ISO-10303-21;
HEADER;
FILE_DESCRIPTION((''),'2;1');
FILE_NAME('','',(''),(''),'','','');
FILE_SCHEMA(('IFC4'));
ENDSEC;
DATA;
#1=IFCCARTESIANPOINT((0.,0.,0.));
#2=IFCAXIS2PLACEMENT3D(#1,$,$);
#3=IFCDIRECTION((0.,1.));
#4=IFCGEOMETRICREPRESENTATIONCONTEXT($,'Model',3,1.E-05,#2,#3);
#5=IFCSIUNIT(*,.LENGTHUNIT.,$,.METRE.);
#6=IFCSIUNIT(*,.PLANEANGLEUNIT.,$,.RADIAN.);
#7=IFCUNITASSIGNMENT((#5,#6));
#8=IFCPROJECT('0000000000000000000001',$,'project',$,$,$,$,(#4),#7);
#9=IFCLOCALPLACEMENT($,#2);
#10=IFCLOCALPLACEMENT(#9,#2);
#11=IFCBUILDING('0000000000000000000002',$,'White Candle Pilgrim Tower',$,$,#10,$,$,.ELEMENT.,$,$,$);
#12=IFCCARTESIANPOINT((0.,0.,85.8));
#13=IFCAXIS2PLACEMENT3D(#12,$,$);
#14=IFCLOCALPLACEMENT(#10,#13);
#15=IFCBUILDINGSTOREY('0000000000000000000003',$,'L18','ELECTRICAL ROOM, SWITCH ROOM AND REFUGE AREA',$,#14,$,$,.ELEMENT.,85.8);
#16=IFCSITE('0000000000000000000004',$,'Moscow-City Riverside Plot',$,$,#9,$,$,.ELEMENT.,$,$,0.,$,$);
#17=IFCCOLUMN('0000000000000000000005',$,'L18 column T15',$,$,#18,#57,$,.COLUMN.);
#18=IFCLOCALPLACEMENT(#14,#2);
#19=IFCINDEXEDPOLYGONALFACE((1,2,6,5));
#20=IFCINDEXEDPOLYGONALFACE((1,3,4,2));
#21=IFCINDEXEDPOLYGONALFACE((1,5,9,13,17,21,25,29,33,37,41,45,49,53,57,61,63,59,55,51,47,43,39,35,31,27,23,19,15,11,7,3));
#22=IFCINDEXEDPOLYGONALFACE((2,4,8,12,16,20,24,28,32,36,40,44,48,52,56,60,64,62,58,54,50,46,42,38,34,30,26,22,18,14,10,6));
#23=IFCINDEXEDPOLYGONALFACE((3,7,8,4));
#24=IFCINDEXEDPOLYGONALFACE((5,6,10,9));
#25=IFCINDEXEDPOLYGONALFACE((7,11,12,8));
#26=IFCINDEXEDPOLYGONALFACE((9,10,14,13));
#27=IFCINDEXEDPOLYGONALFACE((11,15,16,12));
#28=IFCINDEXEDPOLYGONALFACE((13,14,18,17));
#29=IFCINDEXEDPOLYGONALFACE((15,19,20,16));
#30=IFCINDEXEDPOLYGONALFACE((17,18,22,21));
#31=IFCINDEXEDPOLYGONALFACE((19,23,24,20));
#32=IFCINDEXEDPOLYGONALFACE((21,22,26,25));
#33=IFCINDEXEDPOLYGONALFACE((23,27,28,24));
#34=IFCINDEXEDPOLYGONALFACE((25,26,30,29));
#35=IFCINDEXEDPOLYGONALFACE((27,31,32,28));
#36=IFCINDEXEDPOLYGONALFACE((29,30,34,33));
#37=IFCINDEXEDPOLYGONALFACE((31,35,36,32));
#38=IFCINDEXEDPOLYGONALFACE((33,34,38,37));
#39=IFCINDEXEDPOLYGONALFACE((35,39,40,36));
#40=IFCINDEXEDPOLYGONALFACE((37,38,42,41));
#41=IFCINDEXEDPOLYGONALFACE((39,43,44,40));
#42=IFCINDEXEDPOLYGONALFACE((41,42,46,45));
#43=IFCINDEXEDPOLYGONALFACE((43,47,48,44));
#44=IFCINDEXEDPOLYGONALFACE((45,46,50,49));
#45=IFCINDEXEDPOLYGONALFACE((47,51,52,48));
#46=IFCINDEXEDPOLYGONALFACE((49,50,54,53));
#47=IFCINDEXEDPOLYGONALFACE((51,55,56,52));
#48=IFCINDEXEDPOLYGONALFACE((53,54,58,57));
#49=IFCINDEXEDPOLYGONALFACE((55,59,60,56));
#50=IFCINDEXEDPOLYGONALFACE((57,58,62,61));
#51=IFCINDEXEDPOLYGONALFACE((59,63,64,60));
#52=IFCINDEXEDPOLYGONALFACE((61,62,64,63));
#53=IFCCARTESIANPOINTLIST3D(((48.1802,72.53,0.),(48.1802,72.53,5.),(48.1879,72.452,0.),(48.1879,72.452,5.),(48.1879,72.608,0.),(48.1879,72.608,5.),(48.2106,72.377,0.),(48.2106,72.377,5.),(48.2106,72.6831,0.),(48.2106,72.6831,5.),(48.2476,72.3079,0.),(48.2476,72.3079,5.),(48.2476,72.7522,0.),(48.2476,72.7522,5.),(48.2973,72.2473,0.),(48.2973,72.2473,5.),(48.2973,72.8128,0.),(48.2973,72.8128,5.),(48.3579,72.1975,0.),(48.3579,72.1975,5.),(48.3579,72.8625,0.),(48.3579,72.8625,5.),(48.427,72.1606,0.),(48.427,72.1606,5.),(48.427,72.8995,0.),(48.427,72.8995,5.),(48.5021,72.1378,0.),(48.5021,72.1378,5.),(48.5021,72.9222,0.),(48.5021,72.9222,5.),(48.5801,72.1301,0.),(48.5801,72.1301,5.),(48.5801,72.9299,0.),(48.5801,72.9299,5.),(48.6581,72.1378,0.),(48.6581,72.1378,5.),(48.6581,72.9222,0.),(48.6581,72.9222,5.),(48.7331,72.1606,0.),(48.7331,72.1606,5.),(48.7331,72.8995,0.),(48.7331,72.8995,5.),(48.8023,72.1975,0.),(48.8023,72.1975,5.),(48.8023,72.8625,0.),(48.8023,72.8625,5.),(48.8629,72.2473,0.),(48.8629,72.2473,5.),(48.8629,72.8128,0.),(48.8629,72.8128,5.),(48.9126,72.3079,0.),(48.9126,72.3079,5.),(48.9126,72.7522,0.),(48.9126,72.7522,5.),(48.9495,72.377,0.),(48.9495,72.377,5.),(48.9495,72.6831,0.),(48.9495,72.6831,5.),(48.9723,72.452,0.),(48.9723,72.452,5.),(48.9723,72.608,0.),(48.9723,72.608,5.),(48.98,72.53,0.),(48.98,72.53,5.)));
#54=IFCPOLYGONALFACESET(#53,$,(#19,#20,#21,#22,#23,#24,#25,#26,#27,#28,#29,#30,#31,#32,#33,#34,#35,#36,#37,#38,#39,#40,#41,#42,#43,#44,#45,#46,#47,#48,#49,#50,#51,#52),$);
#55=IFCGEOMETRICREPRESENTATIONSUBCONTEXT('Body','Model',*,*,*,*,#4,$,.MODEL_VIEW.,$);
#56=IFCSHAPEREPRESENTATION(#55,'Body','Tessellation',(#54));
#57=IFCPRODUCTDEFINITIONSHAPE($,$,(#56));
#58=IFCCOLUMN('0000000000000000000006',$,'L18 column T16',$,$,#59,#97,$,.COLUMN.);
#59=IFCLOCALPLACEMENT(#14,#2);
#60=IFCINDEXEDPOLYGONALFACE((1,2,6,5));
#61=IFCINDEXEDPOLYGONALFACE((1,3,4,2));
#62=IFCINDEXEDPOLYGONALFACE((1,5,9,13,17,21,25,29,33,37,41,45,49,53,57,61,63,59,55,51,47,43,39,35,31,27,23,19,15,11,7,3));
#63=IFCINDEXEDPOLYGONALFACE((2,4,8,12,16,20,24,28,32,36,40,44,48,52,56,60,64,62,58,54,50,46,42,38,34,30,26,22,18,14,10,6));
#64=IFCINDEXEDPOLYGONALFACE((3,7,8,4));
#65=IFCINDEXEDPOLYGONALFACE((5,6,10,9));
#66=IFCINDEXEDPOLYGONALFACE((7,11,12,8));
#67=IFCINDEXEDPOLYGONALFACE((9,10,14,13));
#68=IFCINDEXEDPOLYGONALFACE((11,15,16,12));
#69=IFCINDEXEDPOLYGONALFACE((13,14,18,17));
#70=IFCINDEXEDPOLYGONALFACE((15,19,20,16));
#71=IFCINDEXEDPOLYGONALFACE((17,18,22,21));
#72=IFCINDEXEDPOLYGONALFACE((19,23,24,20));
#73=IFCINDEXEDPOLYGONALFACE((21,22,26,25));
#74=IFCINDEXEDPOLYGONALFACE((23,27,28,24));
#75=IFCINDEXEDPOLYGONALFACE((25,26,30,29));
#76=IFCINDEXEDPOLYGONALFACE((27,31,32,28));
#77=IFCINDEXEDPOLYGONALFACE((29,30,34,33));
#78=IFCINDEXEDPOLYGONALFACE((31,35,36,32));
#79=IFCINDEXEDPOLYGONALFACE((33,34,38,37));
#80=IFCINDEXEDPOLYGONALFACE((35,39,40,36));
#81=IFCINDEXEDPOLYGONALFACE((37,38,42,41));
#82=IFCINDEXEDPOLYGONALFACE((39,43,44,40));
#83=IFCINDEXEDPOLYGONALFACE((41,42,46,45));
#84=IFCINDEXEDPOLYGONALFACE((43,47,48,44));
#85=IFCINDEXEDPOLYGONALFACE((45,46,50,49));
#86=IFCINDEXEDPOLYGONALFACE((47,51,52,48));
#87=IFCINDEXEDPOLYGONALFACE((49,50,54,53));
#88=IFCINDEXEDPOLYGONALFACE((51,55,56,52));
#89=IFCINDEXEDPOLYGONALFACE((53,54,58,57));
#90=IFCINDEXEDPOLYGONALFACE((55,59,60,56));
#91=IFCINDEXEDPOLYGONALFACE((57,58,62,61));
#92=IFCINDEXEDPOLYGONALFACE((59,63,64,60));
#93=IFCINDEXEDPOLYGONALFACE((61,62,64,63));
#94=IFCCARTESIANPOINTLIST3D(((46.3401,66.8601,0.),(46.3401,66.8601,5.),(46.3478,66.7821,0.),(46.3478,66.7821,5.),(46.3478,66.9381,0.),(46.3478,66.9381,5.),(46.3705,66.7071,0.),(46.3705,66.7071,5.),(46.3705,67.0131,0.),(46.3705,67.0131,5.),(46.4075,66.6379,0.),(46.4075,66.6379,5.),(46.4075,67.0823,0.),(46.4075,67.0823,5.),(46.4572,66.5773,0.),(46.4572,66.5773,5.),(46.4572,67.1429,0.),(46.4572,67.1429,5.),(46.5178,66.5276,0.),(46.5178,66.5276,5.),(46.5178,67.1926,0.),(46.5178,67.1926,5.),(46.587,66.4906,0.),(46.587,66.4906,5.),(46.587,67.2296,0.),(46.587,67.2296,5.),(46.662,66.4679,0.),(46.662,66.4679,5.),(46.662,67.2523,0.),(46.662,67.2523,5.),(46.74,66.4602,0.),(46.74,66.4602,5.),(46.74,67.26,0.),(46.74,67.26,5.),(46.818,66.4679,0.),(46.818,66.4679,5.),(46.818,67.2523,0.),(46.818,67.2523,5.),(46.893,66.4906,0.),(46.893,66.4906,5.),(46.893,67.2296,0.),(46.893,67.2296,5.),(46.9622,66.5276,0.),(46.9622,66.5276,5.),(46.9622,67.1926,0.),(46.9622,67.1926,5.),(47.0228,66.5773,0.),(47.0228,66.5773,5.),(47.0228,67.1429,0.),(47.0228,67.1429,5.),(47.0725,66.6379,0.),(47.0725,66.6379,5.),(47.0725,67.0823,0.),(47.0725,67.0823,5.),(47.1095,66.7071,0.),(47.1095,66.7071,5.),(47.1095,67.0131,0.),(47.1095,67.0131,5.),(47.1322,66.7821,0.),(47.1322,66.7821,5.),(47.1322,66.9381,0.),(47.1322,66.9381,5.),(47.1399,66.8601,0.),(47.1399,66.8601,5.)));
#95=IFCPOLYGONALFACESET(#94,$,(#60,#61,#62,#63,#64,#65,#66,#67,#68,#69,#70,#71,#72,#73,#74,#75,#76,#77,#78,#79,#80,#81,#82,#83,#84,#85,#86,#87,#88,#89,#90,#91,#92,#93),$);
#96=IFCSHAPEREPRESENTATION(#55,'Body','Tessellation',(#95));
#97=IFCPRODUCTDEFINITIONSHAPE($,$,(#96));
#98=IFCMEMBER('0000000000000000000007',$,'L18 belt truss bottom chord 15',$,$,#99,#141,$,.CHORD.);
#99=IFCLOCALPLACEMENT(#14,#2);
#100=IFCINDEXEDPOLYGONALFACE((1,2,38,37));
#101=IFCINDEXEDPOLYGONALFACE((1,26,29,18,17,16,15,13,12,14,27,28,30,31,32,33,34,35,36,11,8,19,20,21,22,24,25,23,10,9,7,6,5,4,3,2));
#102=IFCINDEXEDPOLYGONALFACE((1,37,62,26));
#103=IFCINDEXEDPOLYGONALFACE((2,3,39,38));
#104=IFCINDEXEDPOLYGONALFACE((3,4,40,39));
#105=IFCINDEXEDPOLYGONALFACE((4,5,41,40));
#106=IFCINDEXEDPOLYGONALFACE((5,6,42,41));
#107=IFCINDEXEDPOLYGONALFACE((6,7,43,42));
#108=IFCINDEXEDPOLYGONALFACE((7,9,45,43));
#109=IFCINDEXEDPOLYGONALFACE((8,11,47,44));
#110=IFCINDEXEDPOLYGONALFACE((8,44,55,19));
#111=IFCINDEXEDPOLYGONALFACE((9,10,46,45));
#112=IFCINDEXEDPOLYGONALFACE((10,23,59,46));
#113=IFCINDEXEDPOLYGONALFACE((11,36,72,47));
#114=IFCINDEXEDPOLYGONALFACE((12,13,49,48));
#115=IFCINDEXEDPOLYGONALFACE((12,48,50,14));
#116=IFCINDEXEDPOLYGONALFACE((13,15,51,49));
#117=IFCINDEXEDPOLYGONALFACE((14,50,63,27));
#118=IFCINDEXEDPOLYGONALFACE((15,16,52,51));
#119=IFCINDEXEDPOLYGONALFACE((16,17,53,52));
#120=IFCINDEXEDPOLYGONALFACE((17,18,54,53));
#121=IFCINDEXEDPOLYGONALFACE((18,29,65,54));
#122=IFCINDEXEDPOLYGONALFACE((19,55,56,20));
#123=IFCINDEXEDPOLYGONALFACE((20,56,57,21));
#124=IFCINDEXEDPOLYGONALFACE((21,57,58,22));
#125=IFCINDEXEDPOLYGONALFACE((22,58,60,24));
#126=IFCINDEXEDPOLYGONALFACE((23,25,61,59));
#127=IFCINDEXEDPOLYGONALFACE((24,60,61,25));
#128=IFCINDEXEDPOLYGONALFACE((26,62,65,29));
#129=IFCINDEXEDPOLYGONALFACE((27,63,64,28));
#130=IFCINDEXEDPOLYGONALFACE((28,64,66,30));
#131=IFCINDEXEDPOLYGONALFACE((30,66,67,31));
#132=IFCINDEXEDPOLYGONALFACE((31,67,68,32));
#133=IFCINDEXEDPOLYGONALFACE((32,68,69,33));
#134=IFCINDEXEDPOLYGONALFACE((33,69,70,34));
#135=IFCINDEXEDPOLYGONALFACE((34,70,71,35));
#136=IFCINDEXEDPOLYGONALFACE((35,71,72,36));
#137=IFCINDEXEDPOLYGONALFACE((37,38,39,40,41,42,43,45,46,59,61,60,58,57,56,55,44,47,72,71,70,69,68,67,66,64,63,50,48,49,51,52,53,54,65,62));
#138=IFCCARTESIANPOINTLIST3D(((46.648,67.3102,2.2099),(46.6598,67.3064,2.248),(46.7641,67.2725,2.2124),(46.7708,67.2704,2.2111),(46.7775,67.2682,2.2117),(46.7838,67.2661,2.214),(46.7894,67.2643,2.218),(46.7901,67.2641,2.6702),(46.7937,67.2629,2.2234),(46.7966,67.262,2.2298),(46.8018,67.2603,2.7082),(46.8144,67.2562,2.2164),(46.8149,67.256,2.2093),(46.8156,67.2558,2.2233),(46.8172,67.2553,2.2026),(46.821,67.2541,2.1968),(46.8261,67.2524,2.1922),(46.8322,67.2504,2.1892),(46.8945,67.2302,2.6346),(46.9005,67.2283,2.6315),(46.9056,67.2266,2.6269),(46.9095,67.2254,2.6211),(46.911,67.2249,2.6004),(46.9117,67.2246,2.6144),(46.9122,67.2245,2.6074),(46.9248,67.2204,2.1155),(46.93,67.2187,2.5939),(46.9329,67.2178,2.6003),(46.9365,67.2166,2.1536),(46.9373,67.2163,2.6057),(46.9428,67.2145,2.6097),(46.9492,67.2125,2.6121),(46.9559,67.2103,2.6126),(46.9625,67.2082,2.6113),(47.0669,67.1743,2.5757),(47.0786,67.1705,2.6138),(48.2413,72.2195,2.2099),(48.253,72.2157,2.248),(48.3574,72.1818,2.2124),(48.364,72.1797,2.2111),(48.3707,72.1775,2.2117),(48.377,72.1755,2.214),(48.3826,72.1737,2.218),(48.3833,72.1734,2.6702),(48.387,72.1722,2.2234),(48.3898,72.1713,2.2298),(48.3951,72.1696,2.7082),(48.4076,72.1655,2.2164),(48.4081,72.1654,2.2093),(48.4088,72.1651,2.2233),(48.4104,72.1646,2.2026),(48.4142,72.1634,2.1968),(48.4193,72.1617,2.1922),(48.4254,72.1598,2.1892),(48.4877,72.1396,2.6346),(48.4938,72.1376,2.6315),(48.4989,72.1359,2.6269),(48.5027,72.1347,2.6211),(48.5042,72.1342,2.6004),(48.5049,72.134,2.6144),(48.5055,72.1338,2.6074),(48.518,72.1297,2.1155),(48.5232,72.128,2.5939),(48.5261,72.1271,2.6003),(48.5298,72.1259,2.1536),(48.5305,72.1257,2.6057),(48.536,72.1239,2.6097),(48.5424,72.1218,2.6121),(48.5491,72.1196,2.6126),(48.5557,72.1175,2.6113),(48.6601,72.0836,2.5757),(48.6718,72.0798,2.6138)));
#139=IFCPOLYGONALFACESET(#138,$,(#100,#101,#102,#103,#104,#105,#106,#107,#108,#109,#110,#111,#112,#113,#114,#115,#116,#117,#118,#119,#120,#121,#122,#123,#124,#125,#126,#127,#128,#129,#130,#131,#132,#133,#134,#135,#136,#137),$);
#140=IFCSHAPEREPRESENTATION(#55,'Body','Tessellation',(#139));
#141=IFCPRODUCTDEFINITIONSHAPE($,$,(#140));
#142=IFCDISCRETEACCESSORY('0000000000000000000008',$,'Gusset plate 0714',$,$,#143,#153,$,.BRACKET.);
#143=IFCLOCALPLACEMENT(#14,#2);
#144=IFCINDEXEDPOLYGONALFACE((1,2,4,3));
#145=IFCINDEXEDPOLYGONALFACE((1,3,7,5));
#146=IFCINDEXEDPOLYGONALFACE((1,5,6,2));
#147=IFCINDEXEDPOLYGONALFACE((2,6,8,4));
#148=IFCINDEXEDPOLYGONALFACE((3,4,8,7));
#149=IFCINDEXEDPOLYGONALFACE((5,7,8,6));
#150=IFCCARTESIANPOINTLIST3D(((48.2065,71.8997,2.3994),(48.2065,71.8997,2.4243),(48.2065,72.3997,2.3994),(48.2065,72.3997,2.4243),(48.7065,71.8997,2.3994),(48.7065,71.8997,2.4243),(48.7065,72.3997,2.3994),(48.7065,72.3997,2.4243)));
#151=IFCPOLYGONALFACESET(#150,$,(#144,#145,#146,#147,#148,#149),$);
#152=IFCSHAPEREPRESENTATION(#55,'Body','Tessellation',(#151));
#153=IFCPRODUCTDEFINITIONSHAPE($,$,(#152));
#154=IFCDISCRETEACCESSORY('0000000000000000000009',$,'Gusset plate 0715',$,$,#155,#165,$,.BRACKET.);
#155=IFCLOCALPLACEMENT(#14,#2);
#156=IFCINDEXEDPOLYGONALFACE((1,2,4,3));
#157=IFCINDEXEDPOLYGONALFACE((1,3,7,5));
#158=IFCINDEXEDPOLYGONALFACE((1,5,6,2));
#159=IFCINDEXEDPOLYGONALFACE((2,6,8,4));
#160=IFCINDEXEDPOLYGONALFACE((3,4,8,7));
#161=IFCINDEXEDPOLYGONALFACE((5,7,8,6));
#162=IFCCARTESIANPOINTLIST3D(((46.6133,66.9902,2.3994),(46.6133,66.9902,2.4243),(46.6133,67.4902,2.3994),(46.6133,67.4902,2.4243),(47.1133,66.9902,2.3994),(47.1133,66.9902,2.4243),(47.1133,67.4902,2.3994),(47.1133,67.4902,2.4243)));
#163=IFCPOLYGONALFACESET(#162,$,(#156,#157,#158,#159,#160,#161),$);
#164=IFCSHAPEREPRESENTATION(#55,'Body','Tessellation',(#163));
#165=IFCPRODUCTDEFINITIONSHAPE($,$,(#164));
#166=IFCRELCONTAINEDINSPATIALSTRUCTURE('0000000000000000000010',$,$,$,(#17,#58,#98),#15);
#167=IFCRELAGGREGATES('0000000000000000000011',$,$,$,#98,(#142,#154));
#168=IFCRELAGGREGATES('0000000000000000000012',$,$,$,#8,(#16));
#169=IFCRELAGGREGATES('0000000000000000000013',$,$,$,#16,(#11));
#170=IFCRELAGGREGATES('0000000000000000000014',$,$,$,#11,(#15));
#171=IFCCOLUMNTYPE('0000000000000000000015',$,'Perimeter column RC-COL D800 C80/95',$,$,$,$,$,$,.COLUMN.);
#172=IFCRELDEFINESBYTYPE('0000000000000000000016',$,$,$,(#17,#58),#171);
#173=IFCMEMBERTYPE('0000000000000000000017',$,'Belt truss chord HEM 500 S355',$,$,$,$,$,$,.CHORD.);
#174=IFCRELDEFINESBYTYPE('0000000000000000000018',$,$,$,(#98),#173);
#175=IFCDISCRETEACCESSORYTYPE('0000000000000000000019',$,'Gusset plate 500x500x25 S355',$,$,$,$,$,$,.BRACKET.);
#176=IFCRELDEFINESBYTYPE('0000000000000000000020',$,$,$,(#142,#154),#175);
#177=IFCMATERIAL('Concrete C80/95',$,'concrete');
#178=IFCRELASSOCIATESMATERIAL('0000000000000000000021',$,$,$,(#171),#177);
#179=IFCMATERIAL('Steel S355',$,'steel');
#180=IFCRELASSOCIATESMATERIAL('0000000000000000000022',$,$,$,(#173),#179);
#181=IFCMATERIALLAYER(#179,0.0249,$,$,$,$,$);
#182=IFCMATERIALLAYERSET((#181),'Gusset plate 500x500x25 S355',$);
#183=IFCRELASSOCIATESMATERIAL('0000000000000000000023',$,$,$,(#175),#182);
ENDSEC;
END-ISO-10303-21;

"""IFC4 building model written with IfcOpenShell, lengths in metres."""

from ifc_helpers import new_model, si_unit, direction, frame, origin, origin_2d, place, context, subcontext, project, spatial, rectangle, circle, i_section, extrude, material, layer, layer_set, material_profile, profile_set, type_object, element, aggregate, save


model = new_model("IFC4")

# Units and contexts
model_context = context("Model", 3, precision=1e-05, world=origin(), true_north=direction((0.0, 1.0)))
body_context = subcontext(model_context, "Body", "Model", "MODEL_VIEW")
ifc_project = project(units=[si_unit("LENGTHUNIT", "METRE"), si_unit("PLANEANGLEUNIT", "RADIAN")], contexts=[model_context])

# Site, building, storey
site_placement = place(None, origin())
site = spatial("IfcSite", under=ifc_project, at=site_placement, Name="Moscow-City Riverside Plot", CompositionType="ELEMENT", RefElevation=0.0)
building_placement = place(site_placement, origin())
building = spatial("IfcBuilding", under=site, at=building_placement, Name="White Candle Pilgrim Tower", CompositionType="ELEMENT")
storey_placement = place(building_placement, frame((0.0, 0.0, 85.8)))
storey = spatial("IfcBuildingStorey", under=building, at=storey_placement, Name="L18", Description="ELECTRICAL ROOM, SWITCH ROOM AND REFUGE AREA", CompositionType="ELEMENT", Elevation=85.8)

# Columns
ifc_material_1 = material(Name="Concrete C80/95", Category="concrete")
ifc_material_profile_1 = material_profile(ifc_material_1, circle(Radius=0.3999, at=origin_2d()), Name="RC-COL D800")
ifc_profile_set_1 = profile_set([ifc_material_profile_1], Name="Concrete C80/95")
column_type = type_object("IfcColumnType", Name="Perimeter column RC-COL D800 C80/95", PredefinedType="COLUMN", material=ifc_profile_set_1)
for number, where, z_axis, x_axis, name in (
    (1, (48.5801, 72.53, 0.0), (0.0, 0.0, 1.0), (1.0, 0.0, 0.0), "L18 column T15"),
    (2, (46.74, 66.8601, 0.0), (0.0, 0.0, 1.0), (1.0, 0.0, 0.0), "L18 column T16"),
):
    element("IfcColumn", number, at=place(storey_placement, frame(where, z_axis=z_axis, x_axis=x_axis)), inside=storey, type_object=column_type, Name=name, PredefinedType="COLUMN", context=body_context, shape_type="SweptSolid", body=[
        extrude(circle(Radius=0.3999, at=origin_2d()), origin(), (0.0, 0.0, 1.0), 5.0),
    ])

# Member
ifc_material_2 = material(Name="Steel S355", Category="steel")
ifc_material_profile_2 = material_profile(ifc_material_2, i_section(OverallWidth=0.3059, OverallDepth=0.5239, WebThickness=0.021, FlangeThickness=0.04, FilletRadius=0.0271, at=origin_2d()), Name="HEM 500")
ifc_profile_set_2 = profile_set([ifc_material_profile_2], Name="Steel S355")
member_type_1 = type_object("IfcMemberType", Name="Belt truss chord HEM 500 S355", PredefinedType="CHORD", material=ifc_profile_set_2)
member_1_placement = place(storey_placement, frame((48.4565, 72.1497, 2.4119), z_axis=(-0.308683, -0.951165, 0.0), x_axis=(0.904718, -0.293609, -0.308673)))
member_1 = element("IfcMember", 3, at=member_1_placement, inside=storey, type_object=member_type_1, Name="L18 belt truss bottom chord 15", PredefinedType="CHORD", context=body_context, shape_type="SweptSolid", body=[
    extrude(i_section(OverallWidth=0.3059, OverallDepth=0.5239, WebThickness=0.021, FlangeThickness=0.04, FilletRadius=0.0271, at=origin_2d()), origin(), (0.0, 0.0, 1.0), 5.1614),
])

# Discrete accessories
ifc_layer_1 = layer(ifc_material_2, 0.0249)
ifc_layer_set_1 = layer_set([ifc_layer_1], Name="Gusset plate 500x500x25 S355")
discrete_accessory_type = type_object("IfcDiscreteAccessoryType", Name="Gusset plate 500x500x25 S355", PredefinedType="BRACKET", material=ifc_layer_set_1)
discrete_accessory_1_placement = place(storey_placement, frame((48.4565, 72.1497, 2.3994), z_axis=(0.0, 0.0, 1.0), x_axis=(1.0, 0.0, 0.0)))
discrete_accessory_1 = element("IfcDiscreteAccessory", 4, at=discrete_accessory_1_placement, type_object=discrete_accessory_type, Name="Gusset plate 0714", PredefinedType="BRACKET", context=body_context, shape_type="SweptSolid", body=[
    extrude(rectangle(XDim=0.5, YDim=0.5, at=origin_2d()), origin(), (0.0, 0.0, 1.0), 0.0249),
])
discrete_accessory_2_placement = place(storey_placement, frame((46.8633, 67.2402, 2.3994), z_axis=(0.0, 0.0, 1.0), x_axis=(1.0, 0.0, 0.0)))
discrete_accessory_2 = element("IfcDiscreteAccessory", 5, at=discrete_accessory_2_placement, type_object=discrete_accessory_type, Name="Gusset plate 0715", PredefinedType="BRACKET", context=body_context, shape_type="SweptSolid", body=[
    extrude(rectangle(XDim=0.5, YDim=0.5, at=origin_2d()), origin(), (0.0, 0.0, 1.0), 0.0249),
])
aggregate(member_1, [discrete_accessory_1, discrete_accessory_2])

save(model, "model.ifc")
